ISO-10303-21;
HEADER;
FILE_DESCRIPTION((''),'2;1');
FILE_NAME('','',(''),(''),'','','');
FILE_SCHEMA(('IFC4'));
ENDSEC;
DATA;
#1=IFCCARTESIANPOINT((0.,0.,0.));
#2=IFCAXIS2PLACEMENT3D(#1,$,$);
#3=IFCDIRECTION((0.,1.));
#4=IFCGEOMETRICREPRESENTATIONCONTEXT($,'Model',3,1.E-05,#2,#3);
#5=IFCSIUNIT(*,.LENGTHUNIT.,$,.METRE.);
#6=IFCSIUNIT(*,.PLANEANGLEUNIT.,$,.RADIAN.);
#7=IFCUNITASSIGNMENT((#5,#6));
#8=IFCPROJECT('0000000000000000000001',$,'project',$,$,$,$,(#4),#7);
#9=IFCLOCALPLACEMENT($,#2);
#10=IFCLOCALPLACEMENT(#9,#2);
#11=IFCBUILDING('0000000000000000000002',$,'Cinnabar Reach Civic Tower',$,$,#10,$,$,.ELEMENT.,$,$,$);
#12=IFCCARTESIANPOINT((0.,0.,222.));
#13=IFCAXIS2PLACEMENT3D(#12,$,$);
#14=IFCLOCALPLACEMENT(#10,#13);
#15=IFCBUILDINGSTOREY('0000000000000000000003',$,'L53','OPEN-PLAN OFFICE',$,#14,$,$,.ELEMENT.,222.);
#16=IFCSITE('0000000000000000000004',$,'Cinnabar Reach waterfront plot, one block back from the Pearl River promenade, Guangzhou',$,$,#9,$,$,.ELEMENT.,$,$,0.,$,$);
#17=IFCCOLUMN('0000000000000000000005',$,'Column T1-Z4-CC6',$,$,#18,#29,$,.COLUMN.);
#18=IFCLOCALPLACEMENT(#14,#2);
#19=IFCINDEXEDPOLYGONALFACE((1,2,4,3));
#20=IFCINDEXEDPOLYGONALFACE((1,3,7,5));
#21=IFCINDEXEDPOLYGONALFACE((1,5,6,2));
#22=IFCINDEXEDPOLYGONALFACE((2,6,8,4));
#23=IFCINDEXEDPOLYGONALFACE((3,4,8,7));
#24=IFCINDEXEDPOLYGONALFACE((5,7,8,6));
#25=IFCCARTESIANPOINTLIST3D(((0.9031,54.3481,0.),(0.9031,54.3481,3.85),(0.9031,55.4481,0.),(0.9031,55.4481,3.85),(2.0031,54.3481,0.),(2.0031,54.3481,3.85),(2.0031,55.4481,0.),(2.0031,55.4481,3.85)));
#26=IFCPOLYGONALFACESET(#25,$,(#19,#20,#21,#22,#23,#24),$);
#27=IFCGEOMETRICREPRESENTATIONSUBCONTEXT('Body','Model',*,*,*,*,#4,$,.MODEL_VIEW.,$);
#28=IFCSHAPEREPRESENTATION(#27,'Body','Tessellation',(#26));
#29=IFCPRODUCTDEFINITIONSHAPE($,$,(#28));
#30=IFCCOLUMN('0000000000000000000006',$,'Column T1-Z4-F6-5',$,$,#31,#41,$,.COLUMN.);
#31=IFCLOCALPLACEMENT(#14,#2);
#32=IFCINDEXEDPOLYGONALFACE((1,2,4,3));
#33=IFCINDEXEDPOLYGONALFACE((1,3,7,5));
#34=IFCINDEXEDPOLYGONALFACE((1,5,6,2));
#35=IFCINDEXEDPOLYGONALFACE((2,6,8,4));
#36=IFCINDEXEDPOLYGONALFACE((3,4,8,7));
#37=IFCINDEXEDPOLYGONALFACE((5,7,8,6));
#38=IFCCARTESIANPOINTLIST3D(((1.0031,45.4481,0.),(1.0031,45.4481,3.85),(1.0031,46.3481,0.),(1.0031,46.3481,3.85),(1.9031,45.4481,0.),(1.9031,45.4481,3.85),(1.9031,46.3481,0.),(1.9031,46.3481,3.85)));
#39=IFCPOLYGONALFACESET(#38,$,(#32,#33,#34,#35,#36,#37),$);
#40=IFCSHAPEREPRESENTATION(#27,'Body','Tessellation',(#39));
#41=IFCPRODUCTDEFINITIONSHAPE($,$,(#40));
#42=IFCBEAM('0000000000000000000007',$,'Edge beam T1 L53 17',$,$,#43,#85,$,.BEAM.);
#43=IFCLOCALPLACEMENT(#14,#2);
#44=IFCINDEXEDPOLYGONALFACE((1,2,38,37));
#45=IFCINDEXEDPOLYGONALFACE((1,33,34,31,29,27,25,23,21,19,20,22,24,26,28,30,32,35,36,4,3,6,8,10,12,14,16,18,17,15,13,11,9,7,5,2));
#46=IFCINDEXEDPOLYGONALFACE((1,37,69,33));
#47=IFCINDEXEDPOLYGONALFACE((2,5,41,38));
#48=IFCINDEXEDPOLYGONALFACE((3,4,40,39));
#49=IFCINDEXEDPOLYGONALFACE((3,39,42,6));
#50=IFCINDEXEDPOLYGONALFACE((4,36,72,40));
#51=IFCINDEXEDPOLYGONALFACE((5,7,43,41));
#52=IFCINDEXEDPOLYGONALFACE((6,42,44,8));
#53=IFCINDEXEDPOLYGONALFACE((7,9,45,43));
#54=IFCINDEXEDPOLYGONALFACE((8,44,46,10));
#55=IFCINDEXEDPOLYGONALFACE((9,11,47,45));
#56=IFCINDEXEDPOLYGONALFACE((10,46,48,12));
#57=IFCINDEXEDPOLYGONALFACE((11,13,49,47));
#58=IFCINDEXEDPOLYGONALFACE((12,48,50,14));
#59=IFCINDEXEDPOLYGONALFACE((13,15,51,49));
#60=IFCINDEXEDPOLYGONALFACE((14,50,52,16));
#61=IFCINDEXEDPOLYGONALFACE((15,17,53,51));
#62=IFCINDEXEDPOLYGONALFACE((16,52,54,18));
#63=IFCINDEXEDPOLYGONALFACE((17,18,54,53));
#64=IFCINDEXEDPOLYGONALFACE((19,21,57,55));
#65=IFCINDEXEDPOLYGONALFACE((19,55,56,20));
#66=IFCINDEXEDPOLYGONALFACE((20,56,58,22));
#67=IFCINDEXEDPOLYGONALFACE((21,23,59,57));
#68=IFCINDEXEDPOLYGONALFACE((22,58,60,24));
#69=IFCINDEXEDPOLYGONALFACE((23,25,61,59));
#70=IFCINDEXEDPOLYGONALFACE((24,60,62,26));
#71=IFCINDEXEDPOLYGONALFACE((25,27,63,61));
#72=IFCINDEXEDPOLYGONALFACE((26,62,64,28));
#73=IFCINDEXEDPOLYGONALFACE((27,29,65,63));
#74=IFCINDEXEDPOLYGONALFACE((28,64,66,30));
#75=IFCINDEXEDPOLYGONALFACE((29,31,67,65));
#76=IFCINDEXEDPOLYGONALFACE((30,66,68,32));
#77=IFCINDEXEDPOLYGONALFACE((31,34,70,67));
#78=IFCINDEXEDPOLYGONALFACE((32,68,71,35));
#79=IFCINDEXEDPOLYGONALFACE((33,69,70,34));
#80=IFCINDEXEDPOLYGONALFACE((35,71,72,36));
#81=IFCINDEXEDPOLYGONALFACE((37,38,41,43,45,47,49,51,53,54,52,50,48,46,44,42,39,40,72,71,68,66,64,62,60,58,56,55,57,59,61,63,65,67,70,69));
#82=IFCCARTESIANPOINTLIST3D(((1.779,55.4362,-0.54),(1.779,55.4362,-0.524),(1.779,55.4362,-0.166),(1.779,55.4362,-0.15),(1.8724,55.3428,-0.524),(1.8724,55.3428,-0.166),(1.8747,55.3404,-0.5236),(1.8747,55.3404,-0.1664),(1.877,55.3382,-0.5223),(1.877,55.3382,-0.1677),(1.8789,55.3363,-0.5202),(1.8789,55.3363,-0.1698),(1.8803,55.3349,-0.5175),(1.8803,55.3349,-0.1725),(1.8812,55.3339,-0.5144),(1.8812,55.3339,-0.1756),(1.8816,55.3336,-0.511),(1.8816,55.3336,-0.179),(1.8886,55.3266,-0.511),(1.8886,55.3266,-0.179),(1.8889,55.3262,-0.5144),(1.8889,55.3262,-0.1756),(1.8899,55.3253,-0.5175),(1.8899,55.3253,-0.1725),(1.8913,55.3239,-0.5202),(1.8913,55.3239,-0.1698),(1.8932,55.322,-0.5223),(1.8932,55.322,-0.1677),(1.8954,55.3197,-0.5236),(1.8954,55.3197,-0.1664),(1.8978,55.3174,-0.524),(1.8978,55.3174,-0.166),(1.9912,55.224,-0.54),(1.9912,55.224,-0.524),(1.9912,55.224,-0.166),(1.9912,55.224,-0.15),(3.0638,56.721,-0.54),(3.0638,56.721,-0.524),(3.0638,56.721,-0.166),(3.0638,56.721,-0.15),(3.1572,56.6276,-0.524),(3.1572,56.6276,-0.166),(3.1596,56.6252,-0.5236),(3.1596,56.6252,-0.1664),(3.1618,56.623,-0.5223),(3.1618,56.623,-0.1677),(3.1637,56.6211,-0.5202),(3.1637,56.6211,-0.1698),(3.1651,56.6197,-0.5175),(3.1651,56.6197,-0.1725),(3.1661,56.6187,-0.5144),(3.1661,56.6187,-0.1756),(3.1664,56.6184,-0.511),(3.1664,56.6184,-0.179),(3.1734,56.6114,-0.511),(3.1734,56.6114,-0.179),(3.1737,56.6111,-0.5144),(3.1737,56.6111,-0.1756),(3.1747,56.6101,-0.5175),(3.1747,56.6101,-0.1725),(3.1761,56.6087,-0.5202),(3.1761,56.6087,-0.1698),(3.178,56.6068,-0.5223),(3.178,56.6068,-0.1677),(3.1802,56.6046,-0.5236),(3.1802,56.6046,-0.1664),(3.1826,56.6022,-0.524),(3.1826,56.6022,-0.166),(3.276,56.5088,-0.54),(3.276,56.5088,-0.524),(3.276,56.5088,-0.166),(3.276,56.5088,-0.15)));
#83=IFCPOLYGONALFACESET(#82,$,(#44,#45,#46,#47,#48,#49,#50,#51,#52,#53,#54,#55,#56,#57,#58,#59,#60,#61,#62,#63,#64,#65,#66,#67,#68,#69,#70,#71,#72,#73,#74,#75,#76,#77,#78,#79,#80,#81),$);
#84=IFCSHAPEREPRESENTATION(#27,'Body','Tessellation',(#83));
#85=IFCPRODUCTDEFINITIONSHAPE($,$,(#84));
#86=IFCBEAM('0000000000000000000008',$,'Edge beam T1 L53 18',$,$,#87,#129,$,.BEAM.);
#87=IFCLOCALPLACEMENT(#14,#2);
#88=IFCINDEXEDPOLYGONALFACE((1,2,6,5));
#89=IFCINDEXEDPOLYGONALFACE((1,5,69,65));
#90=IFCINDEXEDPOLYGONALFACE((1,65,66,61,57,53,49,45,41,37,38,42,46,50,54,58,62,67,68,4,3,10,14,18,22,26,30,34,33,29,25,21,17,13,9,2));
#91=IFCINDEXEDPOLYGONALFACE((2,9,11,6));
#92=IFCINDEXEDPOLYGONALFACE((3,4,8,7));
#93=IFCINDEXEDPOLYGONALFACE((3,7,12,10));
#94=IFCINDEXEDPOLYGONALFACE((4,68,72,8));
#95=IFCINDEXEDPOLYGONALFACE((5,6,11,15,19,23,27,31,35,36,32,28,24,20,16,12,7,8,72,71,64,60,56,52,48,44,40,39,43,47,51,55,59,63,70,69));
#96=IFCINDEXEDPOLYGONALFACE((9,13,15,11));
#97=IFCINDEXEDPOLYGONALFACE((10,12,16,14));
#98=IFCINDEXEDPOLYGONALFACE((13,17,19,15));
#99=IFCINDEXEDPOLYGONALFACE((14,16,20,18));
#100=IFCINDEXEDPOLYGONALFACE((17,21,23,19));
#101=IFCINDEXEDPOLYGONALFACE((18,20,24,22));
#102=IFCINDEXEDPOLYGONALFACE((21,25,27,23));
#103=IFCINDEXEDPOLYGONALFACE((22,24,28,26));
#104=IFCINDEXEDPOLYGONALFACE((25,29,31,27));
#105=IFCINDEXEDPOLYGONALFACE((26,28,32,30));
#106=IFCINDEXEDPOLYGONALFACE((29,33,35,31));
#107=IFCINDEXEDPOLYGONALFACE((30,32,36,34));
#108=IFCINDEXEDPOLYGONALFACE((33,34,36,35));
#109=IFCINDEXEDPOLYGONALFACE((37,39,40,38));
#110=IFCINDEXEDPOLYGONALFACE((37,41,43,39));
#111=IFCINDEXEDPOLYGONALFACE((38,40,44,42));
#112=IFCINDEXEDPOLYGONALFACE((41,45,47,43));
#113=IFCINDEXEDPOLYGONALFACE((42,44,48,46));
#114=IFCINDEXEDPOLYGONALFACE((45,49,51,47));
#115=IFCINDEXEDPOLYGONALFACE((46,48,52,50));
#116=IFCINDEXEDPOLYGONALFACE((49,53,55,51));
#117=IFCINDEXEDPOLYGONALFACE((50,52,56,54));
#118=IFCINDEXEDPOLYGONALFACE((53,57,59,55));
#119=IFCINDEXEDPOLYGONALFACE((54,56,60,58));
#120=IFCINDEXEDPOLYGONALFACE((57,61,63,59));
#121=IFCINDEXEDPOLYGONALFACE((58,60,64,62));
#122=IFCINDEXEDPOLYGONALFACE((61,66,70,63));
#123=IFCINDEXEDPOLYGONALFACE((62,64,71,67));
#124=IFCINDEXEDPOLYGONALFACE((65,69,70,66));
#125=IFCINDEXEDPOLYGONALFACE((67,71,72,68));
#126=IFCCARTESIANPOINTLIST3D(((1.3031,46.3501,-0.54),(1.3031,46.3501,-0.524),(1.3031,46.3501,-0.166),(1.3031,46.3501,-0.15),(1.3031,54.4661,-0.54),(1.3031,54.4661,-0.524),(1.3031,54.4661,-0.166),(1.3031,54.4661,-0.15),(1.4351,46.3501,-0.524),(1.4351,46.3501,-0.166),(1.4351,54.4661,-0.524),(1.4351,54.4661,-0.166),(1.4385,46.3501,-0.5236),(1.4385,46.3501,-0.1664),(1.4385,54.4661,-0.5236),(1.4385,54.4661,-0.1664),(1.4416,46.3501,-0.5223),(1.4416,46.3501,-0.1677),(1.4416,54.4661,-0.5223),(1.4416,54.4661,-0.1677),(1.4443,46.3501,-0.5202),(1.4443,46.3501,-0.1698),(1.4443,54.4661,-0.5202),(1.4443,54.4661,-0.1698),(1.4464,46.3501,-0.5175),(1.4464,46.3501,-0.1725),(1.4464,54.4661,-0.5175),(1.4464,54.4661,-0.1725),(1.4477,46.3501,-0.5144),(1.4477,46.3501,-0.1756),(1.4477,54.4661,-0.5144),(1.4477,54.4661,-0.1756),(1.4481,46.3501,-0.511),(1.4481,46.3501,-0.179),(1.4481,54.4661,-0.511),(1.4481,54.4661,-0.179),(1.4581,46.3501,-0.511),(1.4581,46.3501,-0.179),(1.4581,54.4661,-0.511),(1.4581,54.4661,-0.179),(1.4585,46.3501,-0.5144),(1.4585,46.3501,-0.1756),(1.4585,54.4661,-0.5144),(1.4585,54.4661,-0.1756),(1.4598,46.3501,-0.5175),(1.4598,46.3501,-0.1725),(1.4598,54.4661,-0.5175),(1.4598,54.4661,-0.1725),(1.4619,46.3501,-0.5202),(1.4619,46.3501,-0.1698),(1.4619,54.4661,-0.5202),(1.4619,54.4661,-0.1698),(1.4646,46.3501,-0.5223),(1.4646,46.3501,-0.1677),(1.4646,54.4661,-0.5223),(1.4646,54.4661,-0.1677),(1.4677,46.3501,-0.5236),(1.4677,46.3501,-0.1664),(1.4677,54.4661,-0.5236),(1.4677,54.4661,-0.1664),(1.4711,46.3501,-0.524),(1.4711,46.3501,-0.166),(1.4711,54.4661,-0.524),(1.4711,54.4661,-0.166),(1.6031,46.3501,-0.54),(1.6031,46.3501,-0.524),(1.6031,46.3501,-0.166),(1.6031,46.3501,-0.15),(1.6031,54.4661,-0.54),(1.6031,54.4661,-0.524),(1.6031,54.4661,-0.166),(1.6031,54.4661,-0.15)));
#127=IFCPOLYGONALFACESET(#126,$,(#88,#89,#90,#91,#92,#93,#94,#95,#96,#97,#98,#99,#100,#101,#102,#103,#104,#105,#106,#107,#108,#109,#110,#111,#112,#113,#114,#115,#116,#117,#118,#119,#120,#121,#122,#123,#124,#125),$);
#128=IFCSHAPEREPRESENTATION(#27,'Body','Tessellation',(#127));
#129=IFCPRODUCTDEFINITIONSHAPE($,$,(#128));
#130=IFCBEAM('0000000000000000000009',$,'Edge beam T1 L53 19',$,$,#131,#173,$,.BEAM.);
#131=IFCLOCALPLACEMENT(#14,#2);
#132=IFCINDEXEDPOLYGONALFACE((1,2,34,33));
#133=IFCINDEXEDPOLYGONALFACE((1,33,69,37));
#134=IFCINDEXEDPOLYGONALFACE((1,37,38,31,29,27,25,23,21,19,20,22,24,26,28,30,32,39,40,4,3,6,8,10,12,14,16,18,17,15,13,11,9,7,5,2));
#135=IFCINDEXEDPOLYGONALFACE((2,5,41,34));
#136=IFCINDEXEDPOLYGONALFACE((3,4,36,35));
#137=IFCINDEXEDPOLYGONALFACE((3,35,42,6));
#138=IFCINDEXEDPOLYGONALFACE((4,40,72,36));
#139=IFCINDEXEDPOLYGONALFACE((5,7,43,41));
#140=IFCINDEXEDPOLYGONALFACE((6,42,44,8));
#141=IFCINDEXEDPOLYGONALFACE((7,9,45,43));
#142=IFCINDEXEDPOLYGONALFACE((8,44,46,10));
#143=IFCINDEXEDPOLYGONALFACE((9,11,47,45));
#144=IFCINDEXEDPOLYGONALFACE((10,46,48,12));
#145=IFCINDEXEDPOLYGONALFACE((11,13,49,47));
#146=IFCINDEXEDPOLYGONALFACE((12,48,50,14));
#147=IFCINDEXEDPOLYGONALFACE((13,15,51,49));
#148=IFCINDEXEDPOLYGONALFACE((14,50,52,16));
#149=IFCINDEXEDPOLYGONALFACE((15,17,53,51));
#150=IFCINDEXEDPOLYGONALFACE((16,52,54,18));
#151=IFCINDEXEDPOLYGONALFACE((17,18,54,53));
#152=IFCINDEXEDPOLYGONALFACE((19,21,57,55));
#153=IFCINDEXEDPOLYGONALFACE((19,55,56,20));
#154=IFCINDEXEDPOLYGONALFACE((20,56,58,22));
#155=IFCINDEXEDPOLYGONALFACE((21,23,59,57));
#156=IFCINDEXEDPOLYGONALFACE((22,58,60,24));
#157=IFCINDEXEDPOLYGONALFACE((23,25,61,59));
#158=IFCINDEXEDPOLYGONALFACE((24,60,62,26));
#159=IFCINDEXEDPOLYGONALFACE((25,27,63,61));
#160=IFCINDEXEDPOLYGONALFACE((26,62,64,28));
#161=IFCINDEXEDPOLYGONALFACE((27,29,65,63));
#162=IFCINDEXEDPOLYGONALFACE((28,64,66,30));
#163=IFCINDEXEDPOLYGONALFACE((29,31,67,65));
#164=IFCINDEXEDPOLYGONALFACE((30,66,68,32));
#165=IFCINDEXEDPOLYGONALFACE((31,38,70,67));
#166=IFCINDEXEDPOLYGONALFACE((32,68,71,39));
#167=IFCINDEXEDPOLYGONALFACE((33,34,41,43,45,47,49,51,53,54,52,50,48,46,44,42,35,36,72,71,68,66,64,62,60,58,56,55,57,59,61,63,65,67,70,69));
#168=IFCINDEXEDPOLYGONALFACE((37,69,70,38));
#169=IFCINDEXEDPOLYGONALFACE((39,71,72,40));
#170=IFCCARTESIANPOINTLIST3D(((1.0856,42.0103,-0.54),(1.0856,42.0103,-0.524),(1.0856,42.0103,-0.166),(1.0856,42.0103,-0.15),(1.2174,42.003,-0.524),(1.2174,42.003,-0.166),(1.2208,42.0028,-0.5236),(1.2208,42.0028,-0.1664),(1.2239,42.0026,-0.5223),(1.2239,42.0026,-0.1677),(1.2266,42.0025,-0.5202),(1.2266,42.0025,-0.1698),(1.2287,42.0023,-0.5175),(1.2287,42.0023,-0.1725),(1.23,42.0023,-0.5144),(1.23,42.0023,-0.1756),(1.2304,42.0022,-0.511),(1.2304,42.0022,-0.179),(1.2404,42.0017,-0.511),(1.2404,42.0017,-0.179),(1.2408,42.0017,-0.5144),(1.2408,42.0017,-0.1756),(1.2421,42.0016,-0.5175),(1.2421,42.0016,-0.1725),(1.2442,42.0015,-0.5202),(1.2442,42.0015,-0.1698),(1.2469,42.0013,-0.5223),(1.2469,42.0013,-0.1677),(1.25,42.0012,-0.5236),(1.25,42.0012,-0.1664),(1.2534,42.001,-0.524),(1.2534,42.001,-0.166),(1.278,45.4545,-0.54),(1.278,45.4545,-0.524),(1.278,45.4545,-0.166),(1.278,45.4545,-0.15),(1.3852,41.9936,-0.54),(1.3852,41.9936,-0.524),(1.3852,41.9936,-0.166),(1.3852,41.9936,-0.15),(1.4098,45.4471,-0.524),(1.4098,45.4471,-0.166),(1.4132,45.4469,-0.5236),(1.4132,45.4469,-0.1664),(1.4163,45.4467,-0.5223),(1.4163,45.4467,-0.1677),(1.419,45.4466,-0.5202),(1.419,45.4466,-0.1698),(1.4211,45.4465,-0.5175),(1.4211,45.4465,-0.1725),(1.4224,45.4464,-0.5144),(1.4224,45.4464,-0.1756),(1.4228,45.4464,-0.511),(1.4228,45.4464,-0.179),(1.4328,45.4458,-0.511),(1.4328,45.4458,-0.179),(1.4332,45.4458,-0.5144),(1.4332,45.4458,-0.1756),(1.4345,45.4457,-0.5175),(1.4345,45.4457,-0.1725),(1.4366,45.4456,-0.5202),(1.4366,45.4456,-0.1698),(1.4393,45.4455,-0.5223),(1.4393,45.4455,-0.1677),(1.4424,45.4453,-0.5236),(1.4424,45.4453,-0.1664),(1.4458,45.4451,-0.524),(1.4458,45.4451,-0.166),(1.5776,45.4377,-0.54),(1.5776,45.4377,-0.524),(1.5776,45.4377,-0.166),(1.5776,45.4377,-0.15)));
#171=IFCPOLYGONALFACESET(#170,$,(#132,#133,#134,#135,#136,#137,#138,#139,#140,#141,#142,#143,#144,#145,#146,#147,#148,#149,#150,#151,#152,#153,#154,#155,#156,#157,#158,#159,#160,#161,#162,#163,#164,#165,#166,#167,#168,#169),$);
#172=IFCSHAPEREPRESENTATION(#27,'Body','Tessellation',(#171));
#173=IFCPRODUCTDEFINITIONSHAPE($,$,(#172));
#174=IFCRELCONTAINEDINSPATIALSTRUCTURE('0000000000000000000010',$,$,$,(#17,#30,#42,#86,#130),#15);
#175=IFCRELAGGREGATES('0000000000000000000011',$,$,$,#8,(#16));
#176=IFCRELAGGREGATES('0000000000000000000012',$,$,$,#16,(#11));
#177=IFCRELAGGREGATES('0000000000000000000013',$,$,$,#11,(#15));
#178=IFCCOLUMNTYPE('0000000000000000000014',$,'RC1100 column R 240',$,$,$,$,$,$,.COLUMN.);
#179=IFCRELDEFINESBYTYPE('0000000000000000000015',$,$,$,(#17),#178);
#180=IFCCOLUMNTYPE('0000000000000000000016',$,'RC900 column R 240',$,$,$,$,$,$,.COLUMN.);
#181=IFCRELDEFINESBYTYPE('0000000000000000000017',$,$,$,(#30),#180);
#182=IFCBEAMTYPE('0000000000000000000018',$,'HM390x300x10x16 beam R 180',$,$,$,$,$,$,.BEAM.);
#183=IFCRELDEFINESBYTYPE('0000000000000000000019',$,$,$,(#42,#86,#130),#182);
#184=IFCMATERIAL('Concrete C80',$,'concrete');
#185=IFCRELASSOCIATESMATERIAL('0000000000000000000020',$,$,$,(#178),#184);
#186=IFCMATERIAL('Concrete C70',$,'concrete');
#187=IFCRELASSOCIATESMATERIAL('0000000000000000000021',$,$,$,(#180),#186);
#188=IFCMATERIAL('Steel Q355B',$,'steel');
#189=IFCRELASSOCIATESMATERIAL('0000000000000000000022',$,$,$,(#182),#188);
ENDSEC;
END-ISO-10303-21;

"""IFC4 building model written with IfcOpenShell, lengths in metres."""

from ifc_helpers import new_model, si_unit, direction, frame, origin, origin_2d, place, context, subcontext, project, spatial, rectangle, i_section, extrude, material, material_profile, profile_set, type_object, element, save


model = new_model("IFC4")

# Units and contexts
model_context = context("Model", 3, precision=1e-05, world=origin(), true_north=direction((0.0, 1.0)))
body_context = subcontext(model_context, "Body", "Model", "MODEL_VIEW")
ifc_project = project(units=[si_unit("LENGTHUNIT", "METRE"), si_unit("PLANEANGLEUNIT", "RADIAN")], contexts=[model_context])

# Site, building, storey
site_placement = place(None, origin())
site = spatial("IfcSite", under=ifc_project, at=site_placement, Name="Cinnabar Reach waterfront plot, one block back from the Pearl River promenade, Guangzhou", CompositionType="ELEMENT", RefElevation=0.0)
building_placement = place(site_placement, origin())
building = spatial("IfcBuilding", under=site, at=building_placement, Name="Cinnabar Reach Civic Tower", CompositionType="ELEMENT")
storey_placement = place(building_placement, frame((0.0, 0.0, 222.0)))
storey = spatial("IfcBuildingStorey", under=building, at=storey_placement, Name="L53", Description="OPEN-PLAN OFFICE", CompositionType="ELEMENT", Elevation=222.0)

# Columns
ifc_material_1 = material(Name="Concrete C80", Category="concrete")
ifc_material_profile_1 = material_profile(ifc_material_1, rectangle(XDim=1.1, YDim=1.1, at=origin_2d()), Name="RC1100")
ifc_profile_set_1 = profile_set([ifc_material_profile_1], Name="Concrete C80")
column_type_1 = type_object("IfcColumnType", Name="RC1100 column R 240", PredefinedType="COLUMN", material=ifc_profile_set_1)
column_1_placement = place(storey_placement, frame((1.4531, 54.8981, 0.0), z_axis=(0.0, 0.0, 1.0), x_axis=(1.0, 0.0, 0.0)))
element("IfcColumn", 1, at=column_1_placement, inside=storey, type_object=column_type_1, Name="Column T1-Z4-CC6", PredefinedType="COLUMN", context=body_context, shape_type="SweptSolid", body=[
    extrude(rectangle(XDim=1.1, YDim=1.1, at=origin_2d()), origin(), (0.0, 0.0, 1.0), 3.85),
])
ifc_material_2 = material(Name="Concrete C70", Category="concrete")
ifc_material_profile_2 = material_profile(ifc_material_2, rectangle(XDim=0.9, YDim=0.9, at=origin_2d()), Name="RC900")
ifc_profile_set_2 = profile_set([ifc_material_profile_2], Name="Concrete C70")
column_type_2 = type_object("IfcColumnType", Name="RC900 column R 240", PredefinedType="COLUMN", material=ifc_profile_set_2)
column_2_placement = place(storey_placement, frame((1.4531, 45.8981, 0.0), z_axis=(0.0, 0.0, 1.0), x_axis=(1.0, 0.0, 0.0)))
element("IfcColumn", 2, at=column_2_placement, inside=storey, type_object=column_type_2, Name="Column T1-Z4-F6-5", PredefinedType="COLUMN", context=body_context, shape_type="SweptSolid", body=[
    extrude(rectangle(XDim=0.9, YDim=0.9, at=origin_2d()), origin(), (0.0, 0.0, 1.0), 3.85),
])

# Beams
ifc_material_3 = material(Name="Steel Q355B", Category="steel")
ifc_material_profile_3 = material_profile(ifc_material_3, i_section(OverallWidth=0.3, OverallDepth=0.39, WebThickness=0.01, FlangeThickness=0.016, FilletRadius=0.013, at=origin_2d()), Name="HM390x300x10x16")
ifc_profile_set_3 = profile_set([ifc_material_profile_3], Name="Steel Q355B")
beam_type_1 = type_object("IfcBeamType", Name="HM390x300x10x16 beam R 180", PredefinedType="BEAM", material=ifc_profile_set_3)
beam_1_placement = place(storey_placement, frame((3.1699, 56.6149, -0.345), z_axis=(-0.707107, -0.707107, 0.0), x_axis=(0.707107, -0.707107, 0.0)))
element("IfcBeam", 3, at=beam_1_placement, inside=storey, type_object=beam_type_1, Name="Edge beam T1 L53 17", PredefinedType="BEAM", context=body_context, shape_type="SweptSolid", body=[
    extrude(i_section(OverallWidth=0.3, OverallDepth=0.39, WebThickness=0.01, FlangeThickness=0.016, FilletRadius=0.013, at=origin_2d()), origin(), (0.0, 0.0, 1.0), 1.817),
])
beam_2_placement = place(storey_placement, frame((1.4531, 54.4661, -0.345), z_axis=(0.0, -1.0, 0.0), x_axis=(1.0, 0.0, 0.0)))
element("IfcBeam", 4, at=beam_2_placement, inside=storey, type_object=beam_type_1, Name="Edge beam T1 L53 18", PredefinedType="BEAM", context=body_context, shape_type="SweptSolid", body=[
    extrude(i_section(OverallWidth=0.3, OverallDepth=0.39, WebThickness=0.01, FlangeThickness=0.016, FilletRadius=0.013, at=origin_2d()), origin(), (0.0, 0.0, 1.0), 8.116),
])
beam_3_placement = place(storey_placement, frame((1.4278, 45.4461, -0.345), z_axis=(-0.055777, -0.998443, 0.0), x_axis=(0.998443, -0.055777, 0.0)))
element("IfcBeam", 5, at=beam_3_placement, inside=storey, type_object=beam_type_1, Name="Edge beam T1 L53 19", PredefinedType="BEAM", context=body_context, shape_type="SweptSolid", body=[
    extrude(i_section(OverallWidth=0.3, OverallDepth=0.39, WebThickness=0.01, FlangeThickness=0.016, FilletRadius=0.013, at=origin_2d()), origin(), (0.0, 0.0, 1.0), 3.4495),
])

save(model, "model.ifc")
